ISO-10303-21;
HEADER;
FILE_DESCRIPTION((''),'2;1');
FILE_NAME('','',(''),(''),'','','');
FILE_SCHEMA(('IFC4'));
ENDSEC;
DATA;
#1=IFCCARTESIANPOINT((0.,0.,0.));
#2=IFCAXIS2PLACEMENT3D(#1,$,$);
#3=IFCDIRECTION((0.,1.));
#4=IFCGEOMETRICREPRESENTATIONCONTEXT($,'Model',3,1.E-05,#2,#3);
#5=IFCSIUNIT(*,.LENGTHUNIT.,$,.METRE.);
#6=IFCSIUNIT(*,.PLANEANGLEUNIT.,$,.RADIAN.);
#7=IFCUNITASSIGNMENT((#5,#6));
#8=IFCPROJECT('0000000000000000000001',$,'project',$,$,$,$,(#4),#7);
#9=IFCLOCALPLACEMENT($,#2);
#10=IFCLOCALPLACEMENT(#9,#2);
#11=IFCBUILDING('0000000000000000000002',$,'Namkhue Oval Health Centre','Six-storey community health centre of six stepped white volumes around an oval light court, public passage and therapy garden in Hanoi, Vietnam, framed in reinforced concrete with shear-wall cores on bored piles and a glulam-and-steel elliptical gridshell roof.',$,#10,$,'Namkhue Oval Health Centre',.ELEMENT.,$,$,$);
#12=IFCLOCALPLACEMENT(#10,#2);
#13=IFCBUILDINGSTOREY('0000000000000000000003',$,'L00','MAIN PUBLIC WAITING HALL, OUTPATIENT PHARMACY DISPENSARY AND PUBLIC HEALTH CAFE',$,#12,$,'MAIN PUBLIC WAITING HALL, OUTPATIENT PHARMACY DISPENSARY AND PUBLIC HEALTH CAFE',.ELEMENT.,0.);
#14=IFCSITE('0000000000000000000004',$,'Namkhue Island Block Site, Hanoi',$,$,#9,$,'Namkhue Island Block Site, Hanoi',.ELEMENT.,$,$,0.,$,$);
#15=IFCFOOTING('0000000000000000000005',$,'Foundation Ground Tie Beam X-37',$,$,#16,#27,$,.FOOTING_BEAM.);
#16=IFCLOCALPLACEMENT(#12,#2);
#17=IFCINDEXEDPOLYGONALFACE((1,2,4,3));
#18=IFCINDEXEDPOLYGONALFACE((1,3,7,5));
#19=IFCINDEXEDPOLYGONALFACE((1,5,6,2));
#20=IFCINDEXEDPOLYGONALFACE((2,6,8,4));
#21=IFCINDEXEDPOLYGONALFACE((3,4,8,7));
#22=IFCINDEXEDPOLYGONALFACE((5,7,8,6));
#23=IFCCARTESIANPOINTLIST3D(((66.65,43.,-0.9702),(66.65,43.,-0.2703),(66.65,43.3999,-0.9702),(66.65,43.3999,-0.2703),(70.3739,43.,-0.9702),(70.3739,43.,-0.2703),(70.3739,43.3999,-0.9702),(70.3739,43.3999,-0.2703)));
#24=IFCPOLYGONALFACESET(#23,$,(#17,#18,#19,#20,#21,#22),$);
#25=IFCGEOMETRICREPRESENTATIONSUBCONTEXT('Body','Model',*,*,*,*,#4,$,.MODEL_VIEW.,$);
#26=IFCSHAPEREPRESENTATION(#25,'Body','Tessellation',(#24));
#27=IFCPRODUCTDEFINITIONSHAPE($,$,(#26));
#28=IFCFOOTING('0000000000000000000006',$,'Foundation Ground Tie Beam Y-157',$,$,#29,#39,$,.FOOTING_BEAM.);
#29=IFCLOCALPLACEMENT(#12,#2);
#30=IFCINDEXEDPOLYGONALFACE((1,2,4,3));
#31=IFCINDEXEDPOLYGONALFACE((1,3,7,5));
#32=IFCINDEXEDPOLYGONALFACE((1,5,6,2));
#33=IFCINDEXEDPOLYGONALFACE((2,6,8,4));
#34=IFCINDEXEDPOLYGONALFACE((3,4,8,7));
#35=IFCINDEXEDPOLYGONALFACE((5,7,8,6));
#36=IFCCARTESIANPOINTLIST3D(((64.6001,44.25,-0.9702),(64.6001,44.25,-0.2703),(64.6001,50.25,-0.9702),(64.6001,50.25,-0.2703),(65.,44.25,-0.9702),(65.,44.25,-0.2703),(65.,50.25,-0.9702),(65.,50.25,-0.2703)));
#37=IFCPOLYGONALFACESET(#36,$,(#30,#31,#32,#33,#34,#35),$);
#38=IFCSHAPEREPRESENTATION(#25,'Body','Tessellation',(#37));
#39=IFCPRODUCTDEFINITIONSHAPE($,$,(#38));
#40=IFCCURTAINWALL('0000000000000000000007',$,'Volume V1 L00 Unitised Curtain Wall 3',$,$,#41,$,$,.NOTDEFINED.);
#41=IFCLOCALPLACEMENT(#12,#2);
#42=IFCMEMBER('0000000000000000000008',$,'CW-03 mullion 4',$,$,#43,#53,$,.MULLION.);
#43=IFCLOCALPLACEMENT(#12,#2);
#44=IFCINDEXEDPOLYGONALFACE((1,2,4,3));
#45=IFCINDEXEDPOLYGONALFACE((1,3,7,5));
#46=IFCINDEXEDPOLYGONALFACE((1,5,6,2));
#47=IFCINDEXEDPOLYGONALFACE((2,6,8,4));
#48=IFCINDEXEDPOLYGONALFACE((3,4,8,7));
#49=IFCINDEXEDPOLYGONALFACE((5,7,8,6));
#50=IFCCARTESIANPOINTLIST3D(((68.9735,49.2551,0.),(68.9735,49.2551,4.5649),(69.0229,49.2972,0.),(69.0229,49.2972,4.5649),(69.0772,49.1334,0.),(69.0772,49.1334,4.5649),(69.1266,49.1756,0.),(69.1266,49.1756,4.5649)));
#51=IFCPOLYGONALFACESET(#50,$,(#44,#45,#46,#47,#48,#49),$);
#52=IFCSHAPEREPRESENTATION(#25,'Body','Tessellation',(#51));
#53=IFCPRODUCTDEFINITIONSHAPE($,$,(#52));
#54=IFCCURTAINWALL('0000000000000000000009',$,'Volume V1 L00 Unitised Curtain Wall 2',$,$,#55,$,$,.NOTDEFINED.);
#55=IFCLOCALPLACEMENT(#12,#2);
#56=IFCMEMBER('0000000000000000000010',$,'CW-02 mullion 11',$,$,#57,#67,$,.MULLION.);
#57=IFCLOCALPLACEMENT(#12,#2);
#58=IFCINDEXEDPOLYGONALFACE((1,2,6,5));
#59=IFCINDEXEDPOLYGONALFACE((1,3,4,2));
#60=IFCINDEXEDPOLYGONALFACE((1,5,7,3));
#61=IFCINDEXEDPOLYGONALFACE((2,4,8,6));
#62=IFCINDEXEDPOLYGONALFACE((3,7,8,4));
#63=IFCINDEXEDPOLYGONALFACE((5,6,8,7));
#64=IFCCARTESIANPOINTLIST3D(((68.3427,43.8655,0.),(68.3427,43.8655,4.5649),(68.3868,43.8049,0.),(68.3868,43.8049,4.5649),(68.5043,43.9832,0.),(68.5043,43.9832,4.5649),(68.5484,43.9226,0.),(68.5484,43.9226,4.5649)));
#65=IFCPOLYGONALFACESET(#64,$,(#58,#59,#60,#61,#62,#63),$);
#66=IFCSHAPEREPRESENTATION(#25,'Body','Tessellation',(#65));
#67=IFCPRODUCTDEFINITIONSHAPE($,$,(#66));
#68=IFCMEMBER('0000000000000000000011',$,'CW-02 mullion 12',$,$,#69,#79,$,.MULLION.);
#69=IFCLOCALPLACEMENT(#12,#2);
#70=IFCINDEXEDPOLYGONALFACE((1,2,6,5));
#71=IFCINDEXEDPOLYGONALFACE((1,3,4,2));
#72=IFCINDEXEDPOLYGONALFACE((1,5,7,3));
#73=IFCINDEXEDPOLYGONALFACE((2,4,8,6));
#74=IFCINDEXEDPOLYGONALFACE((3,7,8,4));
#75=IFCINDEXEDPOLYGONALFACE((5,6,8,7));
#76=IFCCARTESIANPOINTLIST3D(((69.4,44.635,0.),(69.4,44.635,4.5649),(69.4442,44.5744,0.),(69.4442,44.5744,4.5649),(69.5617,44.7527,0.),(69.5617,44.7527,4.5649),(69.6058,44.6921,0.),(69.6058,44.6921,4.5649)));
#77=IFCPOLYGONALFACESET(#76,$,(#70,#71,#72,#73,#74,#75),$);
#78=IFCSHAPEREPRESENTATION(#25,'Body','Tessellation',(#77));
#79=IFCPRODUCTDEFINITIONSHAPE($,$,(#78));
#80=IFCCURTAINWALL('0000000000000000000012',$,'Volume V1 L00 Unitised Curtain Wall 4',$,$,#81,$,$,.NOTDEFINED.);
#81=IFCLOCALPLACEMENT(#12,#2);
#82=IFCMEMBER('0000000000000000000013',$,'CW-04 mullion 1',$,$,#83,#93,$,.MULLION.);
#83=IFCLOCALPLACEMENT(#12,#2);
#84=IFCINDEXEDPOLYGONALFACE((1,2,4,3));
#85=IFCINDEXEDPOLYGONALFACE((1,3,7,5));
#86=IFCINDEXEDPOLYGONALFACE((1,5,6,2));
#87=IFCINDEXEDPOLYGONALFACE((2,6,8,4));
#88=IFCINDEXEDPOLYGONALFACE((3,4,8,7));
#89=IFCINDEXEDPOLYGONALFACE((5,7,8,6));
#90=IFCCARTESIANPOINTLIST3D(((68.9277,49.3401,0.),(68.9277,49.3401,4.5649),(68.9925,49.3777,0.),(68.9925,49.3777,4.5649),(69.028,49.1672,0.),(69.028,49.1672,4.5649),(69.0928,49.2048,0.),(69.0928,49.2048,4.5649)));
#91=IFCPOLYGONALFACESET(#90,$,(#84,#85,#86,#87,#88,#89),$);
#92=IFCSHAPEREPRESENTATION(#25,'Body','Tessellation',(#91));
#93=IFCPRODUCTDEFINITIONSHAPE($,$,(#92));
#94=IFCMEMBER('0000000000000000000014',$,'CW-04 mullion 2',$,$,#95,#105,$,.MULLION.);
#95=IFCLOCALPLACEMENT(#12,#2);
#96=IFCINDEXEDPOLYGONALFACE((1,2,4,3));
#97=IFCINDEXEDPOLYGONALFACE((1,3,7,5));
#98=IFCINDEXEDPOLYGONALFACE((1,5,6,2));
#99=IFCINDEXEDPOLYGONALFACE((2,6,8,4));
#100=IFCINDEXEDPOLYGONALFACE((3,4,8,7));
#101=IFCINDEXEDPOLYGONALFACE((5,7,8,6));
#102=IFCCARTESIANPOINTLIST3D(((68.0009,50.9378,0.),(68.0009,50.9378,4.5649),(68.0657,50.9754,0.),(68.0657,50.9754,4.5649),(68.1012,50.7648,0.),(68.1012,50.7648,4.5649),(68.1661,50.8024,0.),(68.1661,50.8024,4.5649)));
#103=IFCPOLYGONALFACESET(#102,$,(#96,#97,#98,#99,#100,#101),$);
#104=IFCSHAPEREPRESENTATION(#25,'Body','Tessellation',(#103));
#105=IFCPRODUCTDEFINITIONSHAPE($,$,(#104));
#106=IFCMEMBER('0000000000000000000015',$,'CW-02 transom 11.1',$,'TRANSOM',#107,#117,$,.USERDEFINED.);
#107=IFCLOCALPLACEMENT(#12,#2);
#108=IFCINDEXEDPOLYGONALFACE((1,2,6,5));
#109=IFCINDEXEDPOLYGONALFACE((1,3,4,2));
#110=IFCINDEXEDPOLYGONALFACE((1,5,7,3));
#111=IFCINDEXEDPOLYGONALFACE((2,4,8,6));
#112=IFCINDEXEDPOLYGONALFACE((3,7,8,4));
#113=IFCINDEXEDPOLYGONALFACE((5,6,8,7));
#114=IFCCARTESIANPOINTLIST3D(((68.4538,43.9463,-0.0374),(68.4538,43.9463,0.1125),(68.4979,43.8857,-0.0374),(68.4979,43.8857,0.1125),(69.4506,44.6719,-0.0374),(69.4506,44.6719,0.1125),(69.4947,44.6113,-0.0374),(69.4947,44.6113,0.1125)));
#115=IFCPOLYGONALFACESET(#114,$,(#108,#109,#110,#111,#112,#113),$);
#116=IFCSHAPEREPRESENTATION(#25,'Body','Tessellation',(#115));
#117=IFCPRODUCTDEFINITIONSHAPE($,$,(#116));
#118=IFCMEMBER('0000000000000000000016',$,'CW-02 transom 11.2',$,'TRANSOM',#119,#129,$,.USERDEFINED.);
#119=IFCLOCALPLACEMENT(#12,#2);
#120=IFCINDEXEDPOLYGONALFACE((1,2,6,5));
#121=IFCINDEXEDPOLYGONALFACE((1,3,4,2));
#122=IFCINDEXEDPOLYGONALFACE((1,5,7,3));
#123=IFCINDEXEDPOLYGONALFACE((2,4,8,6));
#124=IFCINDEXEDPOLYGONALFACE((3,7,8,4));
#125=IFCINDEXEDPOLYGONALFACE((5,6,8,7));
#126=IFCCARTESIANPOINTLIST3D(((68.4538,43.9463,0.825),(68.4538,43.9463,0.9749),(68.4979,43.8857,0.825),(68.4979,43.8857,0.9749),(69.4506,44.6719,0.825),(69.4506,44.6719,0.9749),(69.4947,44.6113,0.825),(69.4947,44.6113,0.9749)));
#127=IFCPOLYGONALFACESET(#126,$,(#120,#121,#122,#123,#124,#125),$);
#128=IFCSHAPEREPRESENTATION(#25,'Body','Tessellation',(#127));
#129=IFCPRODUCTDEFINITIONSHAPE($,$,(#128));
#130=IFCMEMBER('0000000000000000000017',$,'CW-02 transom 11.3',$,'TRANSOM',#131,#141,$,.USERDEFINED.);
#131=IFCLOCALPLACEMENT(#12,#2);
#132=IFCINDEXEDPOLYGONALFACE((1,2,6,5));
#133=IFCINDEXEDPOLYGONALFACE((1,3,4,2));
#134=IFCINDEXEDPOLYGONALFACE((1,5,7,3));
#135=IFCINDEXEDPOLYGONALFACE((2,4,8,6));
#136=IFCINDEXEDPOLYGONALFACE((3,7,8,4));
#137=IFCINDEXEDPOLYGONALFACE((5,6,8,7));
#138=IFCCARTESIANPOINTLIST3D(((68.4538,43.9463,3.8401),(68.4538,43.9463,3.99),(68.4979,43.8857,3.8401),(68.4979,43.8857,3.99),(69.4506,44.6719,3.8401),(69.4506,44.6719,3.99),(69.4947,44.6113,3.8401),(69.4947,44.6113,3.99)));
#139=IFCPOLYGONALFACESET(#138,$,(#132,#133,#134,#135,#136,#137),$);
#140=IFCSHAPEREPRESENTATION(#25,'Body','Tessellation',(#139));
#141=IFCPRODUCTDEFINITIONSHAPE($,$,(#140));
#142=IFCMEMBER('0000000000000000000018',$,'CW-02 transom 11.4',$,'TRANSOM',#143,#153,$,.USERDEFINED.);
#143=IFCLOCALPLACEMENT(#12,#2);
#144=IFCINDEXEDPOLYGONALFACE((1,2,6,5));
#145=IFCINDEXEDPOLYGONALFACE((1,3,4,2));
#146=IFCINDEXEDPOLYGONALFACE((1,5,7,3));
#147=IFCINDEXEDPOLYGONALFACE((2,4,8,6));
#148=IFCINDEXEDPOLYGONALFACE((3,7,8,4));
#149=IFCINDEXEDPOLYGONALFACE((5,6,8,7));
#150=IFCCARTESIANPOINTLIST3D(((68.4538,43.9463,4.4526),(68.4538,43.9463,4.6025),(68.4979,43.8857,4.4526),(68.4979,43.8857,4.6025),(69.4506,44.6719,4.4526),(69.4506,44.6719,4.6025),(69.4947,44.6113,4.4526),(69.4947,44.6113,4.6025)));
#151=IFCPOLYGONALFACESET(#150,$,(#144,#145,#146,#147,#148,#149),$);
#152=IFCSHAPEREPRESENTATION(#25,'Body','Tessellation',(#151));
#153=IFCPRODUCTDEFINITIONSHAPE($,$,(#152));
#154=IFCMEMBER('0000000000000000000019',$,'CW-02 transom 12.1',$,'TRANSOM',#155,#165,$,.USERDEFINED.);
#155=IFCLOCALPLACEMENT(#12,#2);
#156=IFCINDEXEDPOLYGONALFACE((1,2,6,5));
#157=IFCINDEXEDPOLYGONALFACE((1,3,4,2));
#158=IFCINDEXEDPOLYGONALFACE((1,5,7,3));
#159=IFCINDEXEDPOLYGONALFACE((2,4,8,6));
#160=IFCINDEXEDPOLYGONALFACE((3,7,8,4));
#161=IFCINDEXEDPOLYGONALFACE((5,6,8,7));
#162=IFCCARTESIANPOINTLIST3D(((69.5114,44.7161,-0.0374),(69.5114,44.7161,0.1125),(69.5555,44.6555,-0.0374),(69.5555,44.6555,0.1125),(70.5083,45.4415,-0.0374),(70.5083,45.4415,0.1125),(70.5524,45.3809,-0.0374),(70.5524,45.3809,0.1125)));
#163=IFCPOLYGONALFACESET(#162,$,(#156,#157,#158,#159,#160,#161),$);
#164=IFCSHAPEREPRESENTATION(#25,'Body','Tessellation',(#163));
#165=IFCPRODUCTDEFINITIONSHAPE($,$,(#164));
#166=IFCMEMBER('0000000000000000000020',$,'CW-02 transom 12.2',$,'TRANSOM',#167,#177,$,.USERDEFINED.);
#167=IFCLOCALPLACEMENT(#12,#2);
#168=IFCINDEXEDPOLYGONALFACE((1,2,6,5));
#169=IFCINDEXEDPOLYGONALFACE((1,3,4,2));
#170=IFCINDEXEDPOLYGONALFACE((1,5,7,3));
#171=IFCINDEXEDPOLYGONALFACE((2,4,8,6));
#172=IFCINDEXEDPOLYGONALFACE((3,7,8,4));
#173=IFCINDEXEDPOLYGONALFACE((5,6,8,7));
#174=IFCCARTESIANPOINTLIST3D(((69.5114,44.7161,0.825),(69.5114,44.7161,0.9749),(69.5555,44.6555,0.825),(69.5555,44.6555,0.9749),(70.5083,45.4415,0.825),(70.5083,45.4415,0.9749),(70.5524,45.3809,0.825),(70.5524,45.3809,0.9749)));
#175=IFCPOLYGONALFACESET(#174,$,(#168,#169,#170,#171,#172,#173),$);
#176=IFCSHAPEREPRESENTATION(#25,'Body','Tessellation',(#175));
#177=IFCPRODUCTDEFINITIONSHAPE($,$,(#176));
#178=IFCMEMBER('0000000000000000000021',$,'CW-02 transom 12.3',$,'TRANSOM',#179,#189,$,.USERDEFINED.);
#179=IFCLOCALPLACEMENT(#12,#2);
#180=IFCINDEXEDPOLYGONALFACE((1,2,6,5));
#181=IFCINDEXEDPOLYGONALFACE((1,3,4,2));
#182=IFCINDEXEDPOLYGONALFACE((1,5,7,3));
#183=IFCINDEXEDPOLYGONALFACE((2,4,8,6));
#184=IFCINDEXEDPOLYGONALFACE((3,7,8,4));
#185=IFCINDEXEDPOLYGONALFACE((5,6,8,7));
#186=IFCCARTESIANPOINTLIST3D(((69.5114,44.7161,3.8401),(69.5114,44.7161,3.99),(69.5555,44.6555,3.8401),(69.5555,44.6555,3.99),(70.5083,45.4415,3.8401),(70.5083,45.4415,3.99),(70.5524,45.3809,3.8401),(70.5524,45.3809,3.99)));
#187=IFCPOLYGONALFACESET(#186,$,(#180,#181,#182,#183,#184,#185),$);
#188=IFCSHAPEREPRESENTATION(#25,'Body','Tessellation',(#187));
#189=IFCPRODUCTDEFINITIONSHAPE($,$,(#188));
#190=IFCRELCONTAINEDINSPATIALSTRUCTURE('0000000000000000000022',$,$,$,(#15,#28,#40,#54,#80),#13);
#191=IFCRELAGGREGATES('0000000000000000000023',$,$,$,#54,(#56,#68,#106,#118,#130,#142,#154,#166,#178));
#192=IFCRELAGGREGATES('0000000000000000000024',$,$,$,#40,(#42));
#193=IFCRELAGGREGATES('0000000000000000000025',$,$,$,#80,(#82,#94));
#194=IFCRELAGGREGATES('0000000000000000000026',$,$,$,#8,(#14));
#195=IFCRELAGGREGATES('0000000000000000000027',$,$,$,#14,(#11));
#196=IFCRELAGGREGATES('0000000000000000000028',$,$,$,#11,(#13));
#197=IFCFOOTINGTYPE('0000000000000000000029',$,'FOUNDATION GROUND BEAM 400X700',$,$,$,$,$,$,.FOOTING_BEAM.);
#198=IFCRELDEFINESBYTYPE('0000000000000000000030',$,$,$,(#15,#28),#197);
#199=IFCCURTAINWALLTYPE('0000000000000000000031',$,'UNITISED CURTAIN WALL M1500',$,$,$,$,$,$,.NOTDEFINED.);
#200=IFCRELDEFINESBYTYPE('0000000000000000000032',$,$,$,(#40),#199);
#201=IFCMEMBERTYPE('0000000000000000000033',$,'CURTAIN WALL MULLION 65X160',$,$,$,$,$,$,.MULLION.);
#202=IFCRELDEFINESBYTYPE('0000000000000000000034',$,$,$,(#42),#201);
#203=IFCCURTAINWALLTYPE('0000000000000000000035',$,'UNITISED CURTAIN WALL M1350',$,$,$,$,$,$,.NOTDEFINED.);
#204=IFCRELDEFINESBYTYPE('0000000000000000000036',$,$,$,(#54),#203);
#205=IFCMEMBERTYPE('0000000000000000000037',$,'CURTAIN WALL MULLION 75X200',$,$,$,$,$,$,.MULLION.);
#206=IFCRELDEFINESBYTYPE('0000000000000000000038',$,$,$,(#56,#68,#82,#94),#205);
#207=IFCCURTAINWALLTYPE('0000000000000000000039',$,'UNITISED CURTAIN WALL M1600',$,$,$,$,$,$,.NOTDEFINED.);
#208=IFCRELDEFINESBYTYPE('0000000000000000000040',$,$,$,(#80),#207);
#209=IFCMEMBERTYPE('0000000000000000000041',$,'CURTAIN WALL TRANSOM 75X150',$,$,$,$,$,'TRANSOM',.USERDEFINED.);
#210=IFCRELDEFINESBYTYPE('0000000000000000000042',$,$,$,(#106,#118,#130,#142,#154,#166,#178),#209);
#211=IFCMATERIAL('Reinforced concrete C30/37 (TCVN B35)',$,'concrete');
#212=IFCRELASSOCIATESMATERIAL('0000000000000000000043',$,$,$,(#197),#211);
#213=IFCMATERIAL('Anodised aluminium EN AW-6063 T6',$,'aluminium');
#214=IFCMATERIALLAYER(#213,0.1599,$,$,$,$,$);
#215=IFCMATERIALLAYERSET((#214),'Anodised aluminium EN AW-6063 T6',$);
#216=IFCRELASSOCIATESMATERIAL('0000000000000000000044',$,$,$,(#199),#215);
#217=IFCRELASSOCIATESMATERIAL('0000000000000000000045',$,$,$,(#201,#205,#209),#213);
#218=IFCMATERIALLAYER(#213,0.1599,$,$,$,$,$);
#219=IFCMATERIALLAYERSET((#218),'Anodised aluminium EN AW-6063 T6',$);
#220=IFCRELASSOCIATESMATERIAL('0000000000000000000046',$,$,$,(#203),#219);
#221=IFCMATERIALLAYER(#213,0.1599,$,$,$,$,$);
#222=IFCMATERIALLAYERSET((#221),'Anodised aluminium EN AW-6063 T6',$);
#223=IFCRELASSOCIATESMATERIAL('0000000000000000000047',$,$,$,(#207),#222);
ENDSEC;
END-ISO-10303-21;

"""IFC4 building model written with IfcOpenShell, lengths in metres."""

from ifc_helpers import new_model, si_unit, direction, frame, origin, origin_2d, place, context, subcontext, project, spatial, rectangle, extrude, material, layer, layer_set, material_profile, profile_set, type_object, element, aggregate, save


model = new_model("IFC4")

# Units and contexts
model_context = context("Model", 3, precision=1e-05, world=origin(), true_north=direction((0.0, 1.0)))
body_context = subcontext(model_context, "Body", "Model", "MODEL_VIEW")
ifc_project = project(units=[si_unit("LENGTHUNIT", "METRE"), si_unit("PLANEANGLEUNIT", "RADIAN")], contexts=[model_context])

# Site, building, storey
site_placement = place(None, origin())
site = spatial("IfcSite", under=ifc_project, at=site_placement, Name="Namkhue Island Block Site, Hanoi", LongName="Namkhue Island Block Site, Hanoi", CompositionType="ELEMENT", RefElevation=0.0)
building_placement = place(site_placement, origin())
building = spatial("IfcBuilding", under=site, at=building_placement, Name="Namkhue Oval Health Centre", Description="Six-storey community health centre of six stepped white volumes around an oval light court, public passage and therapy garden in Hanoi, Vietnam, framed in reinforced concrete with shear-wall cores on bored piles and a glulam-and-steel elliptical gridshell roof.", LongName="Namkhue Oval Health Centre", CompositionType="ELEMENT")
storey_placement = place(building_placement, origin())
storey = spatial("IfcBuildingStorey", under=building, at=storey_placement, Name="L00", Description="MAIN PUBLIC WAITING HALL, OUTPATIENT PHARMACY DISPENSARY AND PUBLIC HEALTH CAFE", LongName="MAIN PUBLIC WAITING HALL, OUTPATIENT PHARMACY DISPENSARY AND PUBLIC HEALTH CAFE", CompositionType="ELEMENT", Elevation=0.0)

# Footings
ifc_material_1 = material(Name="Reinforced concrete C30/37 (TCVN B35)", Category="concrete")
footing_type = type_object("IfcFootingType", Name="FOUNDATION GROUND BEAM 400X700", PredefinedType="FOOTING_BEAM", material=ifc_material_1)
footing_1_placement = place(storey_placement, frame((68.512, 43.2, -0.9702), z_axis=(0.0, 0.0, 1.0), x_axis=(1.0, 0.0, 0.0)))
element("IfcFooting", 1, at=footing_1_placement, inside=storey, type_object=footing_type, Name="Foundation Ground Tie Beam X-37", PredefinedType="FOOTING_BEAM", context=body_context, shape_type="SweptSolid", body=[
    extrude(rectangle(XDim=3.7239, YDim=0.3999, at=origin_2d()), origin(), (0.0, 0.0, 1.0), 0.7),
])
footing_2_placement = place(storey_placement, frame((64.8, 47.25, -0.9702), z_axis=(0.0, 0.0, 1.0), x_axis=(0.0, 1.0, 0.0)))
element("IfcFooting", 2, at=footing_2_placement, inside=storey, type_object=footing_type, Name="Foundation Ground Tie Beam Y-157", PredefinedType="FOOTING_BEAM", context=body_context, shape_type="SweptSolid", body=[
    extrude(rectangle(XDim=6.0, YDim=0.3999, at=origin_2d()), origin(), (0.0, 0.0, 1.0), 0.7),
])

# Curtain wall, member
ifc_material_2 = material(Name="Anodised aluminium EN AW-6063 T6", Category="aluminium")
ifc_layer_1 = layer(ifc_material_2, 0.1599)
ifc_layer_set_1 = layer_set([ifc_layer_1], Name="Anodised aluminium EN AW-6063 T6")
curtain_wall_type_1 = type_object("IfcCurtainWallType", Name="UNITISED CURTAIN WALL M1500", PredefinedType="NOTDEFINED", material=ifc_layer_set_1)
curtain_wall_1_placement = place(storey_placement, origin())
curtain_wall_1 = element("IfcCurtainWall", 3, at=curtain_wall_1_placement, inside=storey, type_object=curtain_wall_type_1, Name="Volume V1 L00 Unitised Curtain Wall 3", PredefinedType="NOTDEFINED")
ifc_material_profile_1 = material_profile(ifc_material_2, rectangle(XDim=0.0649, YDim=0.1599, at=origin_2d()), Name="ALU 65x160")
ifc_profile_set_1 = profile_set([ifc_material_profile_1], Name="Anodised aluminium EN AW-6063 T6")
member_type_1 = type_object("IfcMemberType", Name="CURTAIN WALL MULLION 65X160", PredefinedType="MULLION", material=ifc_profile_set_1)
member_1_placement = place(storey_placement, frame((69.05, 49.2153, 0.0), z_axis=(0.0, 0.0, 1.0), x_axis=(-0.761005, -0.648746, 0.0)))
member_1 = element("IfcMember", 4, at=member_1_placement, type_object=member_type_1, Name="CW-03 mullion 4", PredefinedType="MULLION", context=body_context, shape_type="SweptSolid", body=[
    extrude(rectangle(XDim=0.0649, YDim=0.1599, at=origin_2d()), origin(), (0.0, 0.0, 1.0), 4.5649),
])

# Curtain walls, members
ifc_layer_2 = layer(ifc_material_2, 0.1599)
ifc_layer_set_2 = layer_set([ifc_layer_2], Name="Anodised aluminium EN AW-6063 T6")
curtain_wall_type_2 = type_object("IfcCurtainWallType", Name="UNITISED CURTAIN WALL M1350", PredefinedType="NOTDEFINED", material=ifc_layer_set_2)
curtain_wall_2_placement = place(storey_placement, origin())
curtain_wall_2 = element("IfcCurtainWall", 5, at=curtain_wall_2_placement, inside=storey, type_object=curtain_wall_type_2, Name="Volume V1 L00 Unitised Curtain Wall 2", PredefinedType="NOTDEFINED")
ifc_material_profile_2 = material_profile(ifc_material_2, rectangle(XDim=0.075, YDim=0.2, at=origin_2d()), Name="ALU 75x200")
ifc_profile_set_2 = profile_set([ifc_material_profile_2], Name="Anodised aluminium EN AW-6063 T6")
member_type_2 = type_object("IfcMemberType", Name="CURTAIN WALL MULLION 75X200", PredefinedType="MULLION", material=ifc_profile_set_2)
member_2_placement = place(storey_placement, frame((68.4456, 43.894, 0.0), z_axis=(0.0, 0.0, 1.0), x_axis=(-0.588477, 0.808514, 0.0)))
member_2 = element("IfcMember", 6, at=member_2_placement, type_object=member_type_2, Name="CW-02 mullion 11", PredefinedType="MULLION", context=body_context, shape_type="SweptSolid", body=[
    extrude(rectangle(XDim=0.075, YDim=0.2, at=origin_2d()), origin(), (0.0, 0.0, 1.0), 4.5649),
])
member_3_placement = place(storey_placement, frame((69.5029, 44.6636, 0.0), z_axis=(0.0, 0.0, 1.0), x_axis=(-0.588477, 0.808514, 0.0)))
member_3 = element("IfcMember", 7, at=member_3_placement, type_object=member_type_2, Name="CW-02 mullion 12", PredefinedType="MULLION", context=body_context, shape_type="SweptSolid", body=[
    extrude(rectangle(XDim=0.075, YDim=0.2, at=origin_2d()), origin(), (0.0, 0.0, 1.0), 4.5649),
])
ifc_layer_3 = layer(ifc_material_2, 0.1599)
ifc_layer_set_3 = layer_set([ifc_layer_3], Name="Anodised aluminium EN AW-6063 T6")
curtain_wall_type_3 = type_object("IfcCurtainWallType", Name="UNITISED CURTAIN WALL M1600", PredefinedType="NOTDEFINED", material=ifc_layer_set_3)
curtain_wall_3_placement = place(storey_placement, origin())
curtain_wall_3 = element("IfcCurtainWall", 8, at=curtain_wall_3_placement, inside=storey, type_object=curtain_wall_type_3, Name="Volume V1 L00 Unitised Curtain Wall 4", PredefinedType="NOTDEFINED")
member_4_placement = place(storey_placement, frame((69.0103, 49.2725, 0.0), z_axis=(0.0, 0.0, 1.0), x_axis=(-0.865008, -0.501758, 0.0)))
member_4 = element("IfcMember", 9, at=member_4_placement, type_object=member_type_2, Name="CW-04 mullion 1", PredefinedType="MULLION", context=body_context, shape_type="SweptSolid", body=[
    extrude(rectangle(XDim=0.075, YDim=0.2, at=origin_2d()), origin(), (0.0, 0.0, 1.0), 4.5649),
])
member_5_placement = place(storey_placement, frame((68.0835, 50.8701, 0.0), z_axis=(0.0, 0.0, 1.0), x_axis=(-0.865008, -0.501758, 0.0)))
member_5 = element("IfcMember", 10, at=member_5_placement, type_object=member_type_2, Name="CW-04 mullion 2", PredefinedType="MULLION", context=body_context, shape_type="SweptSolid", body=[
    extrude(rectangle(XDim=0.075, YDim=0.2, at=origin_2d()), origin(), (0.0, 0.0, 1.0), 4.5649),
])

# Members
ifc_material_profile_3 = material_profile(ifc_material_2, rectangle(XDim=0.075, YDim=0.1499, at=origin_2d()), Name="ALU 75x150")
ifc_profile_set_3 = profile_set([ifc_material_profile_3], Name="Anodised aluminium EN AW-6063 T6")
member_type_3 = type_object("IfcMemberType", Name="CURTAIN WALL TRANSOM 75X150", ElementType="TRANSOM", PredefinedType="USERDEFINED", material=ifc_profile_set_3)
member_6_placement = place(storey_placement, frame((68.4758, 43.916, 0.0376), z_axis=(0.808496, 0.588501, 0.0), x_axis=(-0.588501, 0.808496, 0.0)))
member_6 = element("IfcMember", 11, at=member_6_placement, type_object=member_type_3, Name="CW-02 transom 11.1", ObjectType="TRANSOM", PredefinedType="USERDEFINED", context=body_context, shape_type="SweptSolid", body=[
    extrude(rectangle(XDim=0.075, YDim=0.1499, at=origin_2d()), origin(), (0.0, 0.0, 1.0), 1.2329),
])
member_7_placement = place(storey_placement, frame((68.4758, 43.916, 0.8999), z_axis=(0.808496, 0.588501, 0.0), x_axis=(-0.588501, 0.808496, 0.0)))
member_7 = element("IfcMember", 12, at=member_7_placement, type_object=member_type_3, Name="CW-02 transom 11.2", ObjectType="TRANSOM", PredefinedType="USERDEFINED", context=body_context, shape_type="SweptSolid", body=[
    extrude(rectangle(XDim=0.075, YDim=0.1499, at=origin_2d()), origin(), (0.0, 0.0, 1.0), 1.2329),
])
member_8_placement = place(storey_placement, frame((68.4758, 43.916, 3.915), z_axis=(0.808496, 0.588501, 0.0), x_axis=(-0.588501, 0.808496, 0.0)))
member_8 = element("IfcMember", 13, at=member_8_placement, type_object=member_type_3, Name="CW-02 transom 11.3", ObjectType="TRANSOM", PredefinedType="USERDEFINED", context=body_context, shape_type="SweptSolid", body=[
    extrude(rectangle(XDim=0.075, YDim=0.1499, at=origin_2d()), origin(), (0.0, 0.0, 1.0), 1.2329),
])
member_9_placement = place(storey_placement, frame((68.4758, 43.916, 4.5276), z_axis=(0.808496, 0.588501, 0.0), x_axis=(-0.588501, 0.808496, 0.0)))
member_9 = element("IfcMember", 14, at=member_9_placement, type_object=member_type_3, Name="CW-02 transom 11.4", ObjectType="TRANSOM", PredefinedType="USERDEFINED", context=body_context, shape_type="SweptSolid", body=[
    extrude(rectangle(XDim=0.075, YDim=0.1499, at=origin_2d()), origin(), (0.0, 0.0, 1.0), 1.2329),
])
member_10_placement = place(storey_placement, frame((69.5334, 44.6858, 0.0376), z_axis=(0.80859, 0.588372, 0.0), x_axis=(-0.588372, 0.80859, 0.0)))
member_10 = element("IfcMember", 15, at=member_10_placement, type_object=member_type_3, Name="CW-02 transom 12.1", ObjectType="TRANSOM", PredefinedType="USERDEFINED", context=body_context, shape_type="SweptSolid", body=[
    extrude(rectangle(XDim=0.075, YDim=0.1499, at=origin_2d()), origin(), (0.0, 0.0, 1.0), 1.2329),
])
member_11_placement = place(storey_placement, frame((69.5334, 44.6858, 0.8999), z_axis=(0.80859, 0.588372, 0.0), x_axis=(-0.588372, 0.80859, 0.0)))
member_11 = element("IfcMember", 16, at=member_11_placement, type_object=member_type_3, Name="CW-02 transom 12.2", ObjectType="TRANSOM", PredefinedType="USERDEFINED", context=body_context, shape_type="SweptSolid", body=[
    extrude(rectangle(XDim=0.075, YDim=0.1499, at=origin_2d()), origin(), (0.0, 0.0, 1.0), 1.2329),
])
member_12_placement = place(storey_placement, frame((69.5334, 44.6858, 3.915), z_axis=(0.80859, 0.588372, 0.0), x_axis=(-0.588372, 0.80859, 0.0)))
member_12 = element("IfcMember", 17, at=member_12_placement, type_object=member_type_3, Name="CW-02 transom 12.3", ObjectType="TRANSOM", PredefinedType="USERDEFINED", context=body_context, shape_type="SweptSolid", body=[
    extrude(rectangle(XDim=0.075, YDim=0.1499, at=origin_2d()), origin(), (0.0, 0.0, 1.0), 1.2329),
])

aggregate(curtain_wall_2, [member_2, member_3, member_6, member_7, member_8, member_9, member_10, member_11, member_12])
aggregate(curtain_wall_1, [member_1])
aggregate(curtain_wall_3, [member_4, member_5])

save(model, "model.ifc")
